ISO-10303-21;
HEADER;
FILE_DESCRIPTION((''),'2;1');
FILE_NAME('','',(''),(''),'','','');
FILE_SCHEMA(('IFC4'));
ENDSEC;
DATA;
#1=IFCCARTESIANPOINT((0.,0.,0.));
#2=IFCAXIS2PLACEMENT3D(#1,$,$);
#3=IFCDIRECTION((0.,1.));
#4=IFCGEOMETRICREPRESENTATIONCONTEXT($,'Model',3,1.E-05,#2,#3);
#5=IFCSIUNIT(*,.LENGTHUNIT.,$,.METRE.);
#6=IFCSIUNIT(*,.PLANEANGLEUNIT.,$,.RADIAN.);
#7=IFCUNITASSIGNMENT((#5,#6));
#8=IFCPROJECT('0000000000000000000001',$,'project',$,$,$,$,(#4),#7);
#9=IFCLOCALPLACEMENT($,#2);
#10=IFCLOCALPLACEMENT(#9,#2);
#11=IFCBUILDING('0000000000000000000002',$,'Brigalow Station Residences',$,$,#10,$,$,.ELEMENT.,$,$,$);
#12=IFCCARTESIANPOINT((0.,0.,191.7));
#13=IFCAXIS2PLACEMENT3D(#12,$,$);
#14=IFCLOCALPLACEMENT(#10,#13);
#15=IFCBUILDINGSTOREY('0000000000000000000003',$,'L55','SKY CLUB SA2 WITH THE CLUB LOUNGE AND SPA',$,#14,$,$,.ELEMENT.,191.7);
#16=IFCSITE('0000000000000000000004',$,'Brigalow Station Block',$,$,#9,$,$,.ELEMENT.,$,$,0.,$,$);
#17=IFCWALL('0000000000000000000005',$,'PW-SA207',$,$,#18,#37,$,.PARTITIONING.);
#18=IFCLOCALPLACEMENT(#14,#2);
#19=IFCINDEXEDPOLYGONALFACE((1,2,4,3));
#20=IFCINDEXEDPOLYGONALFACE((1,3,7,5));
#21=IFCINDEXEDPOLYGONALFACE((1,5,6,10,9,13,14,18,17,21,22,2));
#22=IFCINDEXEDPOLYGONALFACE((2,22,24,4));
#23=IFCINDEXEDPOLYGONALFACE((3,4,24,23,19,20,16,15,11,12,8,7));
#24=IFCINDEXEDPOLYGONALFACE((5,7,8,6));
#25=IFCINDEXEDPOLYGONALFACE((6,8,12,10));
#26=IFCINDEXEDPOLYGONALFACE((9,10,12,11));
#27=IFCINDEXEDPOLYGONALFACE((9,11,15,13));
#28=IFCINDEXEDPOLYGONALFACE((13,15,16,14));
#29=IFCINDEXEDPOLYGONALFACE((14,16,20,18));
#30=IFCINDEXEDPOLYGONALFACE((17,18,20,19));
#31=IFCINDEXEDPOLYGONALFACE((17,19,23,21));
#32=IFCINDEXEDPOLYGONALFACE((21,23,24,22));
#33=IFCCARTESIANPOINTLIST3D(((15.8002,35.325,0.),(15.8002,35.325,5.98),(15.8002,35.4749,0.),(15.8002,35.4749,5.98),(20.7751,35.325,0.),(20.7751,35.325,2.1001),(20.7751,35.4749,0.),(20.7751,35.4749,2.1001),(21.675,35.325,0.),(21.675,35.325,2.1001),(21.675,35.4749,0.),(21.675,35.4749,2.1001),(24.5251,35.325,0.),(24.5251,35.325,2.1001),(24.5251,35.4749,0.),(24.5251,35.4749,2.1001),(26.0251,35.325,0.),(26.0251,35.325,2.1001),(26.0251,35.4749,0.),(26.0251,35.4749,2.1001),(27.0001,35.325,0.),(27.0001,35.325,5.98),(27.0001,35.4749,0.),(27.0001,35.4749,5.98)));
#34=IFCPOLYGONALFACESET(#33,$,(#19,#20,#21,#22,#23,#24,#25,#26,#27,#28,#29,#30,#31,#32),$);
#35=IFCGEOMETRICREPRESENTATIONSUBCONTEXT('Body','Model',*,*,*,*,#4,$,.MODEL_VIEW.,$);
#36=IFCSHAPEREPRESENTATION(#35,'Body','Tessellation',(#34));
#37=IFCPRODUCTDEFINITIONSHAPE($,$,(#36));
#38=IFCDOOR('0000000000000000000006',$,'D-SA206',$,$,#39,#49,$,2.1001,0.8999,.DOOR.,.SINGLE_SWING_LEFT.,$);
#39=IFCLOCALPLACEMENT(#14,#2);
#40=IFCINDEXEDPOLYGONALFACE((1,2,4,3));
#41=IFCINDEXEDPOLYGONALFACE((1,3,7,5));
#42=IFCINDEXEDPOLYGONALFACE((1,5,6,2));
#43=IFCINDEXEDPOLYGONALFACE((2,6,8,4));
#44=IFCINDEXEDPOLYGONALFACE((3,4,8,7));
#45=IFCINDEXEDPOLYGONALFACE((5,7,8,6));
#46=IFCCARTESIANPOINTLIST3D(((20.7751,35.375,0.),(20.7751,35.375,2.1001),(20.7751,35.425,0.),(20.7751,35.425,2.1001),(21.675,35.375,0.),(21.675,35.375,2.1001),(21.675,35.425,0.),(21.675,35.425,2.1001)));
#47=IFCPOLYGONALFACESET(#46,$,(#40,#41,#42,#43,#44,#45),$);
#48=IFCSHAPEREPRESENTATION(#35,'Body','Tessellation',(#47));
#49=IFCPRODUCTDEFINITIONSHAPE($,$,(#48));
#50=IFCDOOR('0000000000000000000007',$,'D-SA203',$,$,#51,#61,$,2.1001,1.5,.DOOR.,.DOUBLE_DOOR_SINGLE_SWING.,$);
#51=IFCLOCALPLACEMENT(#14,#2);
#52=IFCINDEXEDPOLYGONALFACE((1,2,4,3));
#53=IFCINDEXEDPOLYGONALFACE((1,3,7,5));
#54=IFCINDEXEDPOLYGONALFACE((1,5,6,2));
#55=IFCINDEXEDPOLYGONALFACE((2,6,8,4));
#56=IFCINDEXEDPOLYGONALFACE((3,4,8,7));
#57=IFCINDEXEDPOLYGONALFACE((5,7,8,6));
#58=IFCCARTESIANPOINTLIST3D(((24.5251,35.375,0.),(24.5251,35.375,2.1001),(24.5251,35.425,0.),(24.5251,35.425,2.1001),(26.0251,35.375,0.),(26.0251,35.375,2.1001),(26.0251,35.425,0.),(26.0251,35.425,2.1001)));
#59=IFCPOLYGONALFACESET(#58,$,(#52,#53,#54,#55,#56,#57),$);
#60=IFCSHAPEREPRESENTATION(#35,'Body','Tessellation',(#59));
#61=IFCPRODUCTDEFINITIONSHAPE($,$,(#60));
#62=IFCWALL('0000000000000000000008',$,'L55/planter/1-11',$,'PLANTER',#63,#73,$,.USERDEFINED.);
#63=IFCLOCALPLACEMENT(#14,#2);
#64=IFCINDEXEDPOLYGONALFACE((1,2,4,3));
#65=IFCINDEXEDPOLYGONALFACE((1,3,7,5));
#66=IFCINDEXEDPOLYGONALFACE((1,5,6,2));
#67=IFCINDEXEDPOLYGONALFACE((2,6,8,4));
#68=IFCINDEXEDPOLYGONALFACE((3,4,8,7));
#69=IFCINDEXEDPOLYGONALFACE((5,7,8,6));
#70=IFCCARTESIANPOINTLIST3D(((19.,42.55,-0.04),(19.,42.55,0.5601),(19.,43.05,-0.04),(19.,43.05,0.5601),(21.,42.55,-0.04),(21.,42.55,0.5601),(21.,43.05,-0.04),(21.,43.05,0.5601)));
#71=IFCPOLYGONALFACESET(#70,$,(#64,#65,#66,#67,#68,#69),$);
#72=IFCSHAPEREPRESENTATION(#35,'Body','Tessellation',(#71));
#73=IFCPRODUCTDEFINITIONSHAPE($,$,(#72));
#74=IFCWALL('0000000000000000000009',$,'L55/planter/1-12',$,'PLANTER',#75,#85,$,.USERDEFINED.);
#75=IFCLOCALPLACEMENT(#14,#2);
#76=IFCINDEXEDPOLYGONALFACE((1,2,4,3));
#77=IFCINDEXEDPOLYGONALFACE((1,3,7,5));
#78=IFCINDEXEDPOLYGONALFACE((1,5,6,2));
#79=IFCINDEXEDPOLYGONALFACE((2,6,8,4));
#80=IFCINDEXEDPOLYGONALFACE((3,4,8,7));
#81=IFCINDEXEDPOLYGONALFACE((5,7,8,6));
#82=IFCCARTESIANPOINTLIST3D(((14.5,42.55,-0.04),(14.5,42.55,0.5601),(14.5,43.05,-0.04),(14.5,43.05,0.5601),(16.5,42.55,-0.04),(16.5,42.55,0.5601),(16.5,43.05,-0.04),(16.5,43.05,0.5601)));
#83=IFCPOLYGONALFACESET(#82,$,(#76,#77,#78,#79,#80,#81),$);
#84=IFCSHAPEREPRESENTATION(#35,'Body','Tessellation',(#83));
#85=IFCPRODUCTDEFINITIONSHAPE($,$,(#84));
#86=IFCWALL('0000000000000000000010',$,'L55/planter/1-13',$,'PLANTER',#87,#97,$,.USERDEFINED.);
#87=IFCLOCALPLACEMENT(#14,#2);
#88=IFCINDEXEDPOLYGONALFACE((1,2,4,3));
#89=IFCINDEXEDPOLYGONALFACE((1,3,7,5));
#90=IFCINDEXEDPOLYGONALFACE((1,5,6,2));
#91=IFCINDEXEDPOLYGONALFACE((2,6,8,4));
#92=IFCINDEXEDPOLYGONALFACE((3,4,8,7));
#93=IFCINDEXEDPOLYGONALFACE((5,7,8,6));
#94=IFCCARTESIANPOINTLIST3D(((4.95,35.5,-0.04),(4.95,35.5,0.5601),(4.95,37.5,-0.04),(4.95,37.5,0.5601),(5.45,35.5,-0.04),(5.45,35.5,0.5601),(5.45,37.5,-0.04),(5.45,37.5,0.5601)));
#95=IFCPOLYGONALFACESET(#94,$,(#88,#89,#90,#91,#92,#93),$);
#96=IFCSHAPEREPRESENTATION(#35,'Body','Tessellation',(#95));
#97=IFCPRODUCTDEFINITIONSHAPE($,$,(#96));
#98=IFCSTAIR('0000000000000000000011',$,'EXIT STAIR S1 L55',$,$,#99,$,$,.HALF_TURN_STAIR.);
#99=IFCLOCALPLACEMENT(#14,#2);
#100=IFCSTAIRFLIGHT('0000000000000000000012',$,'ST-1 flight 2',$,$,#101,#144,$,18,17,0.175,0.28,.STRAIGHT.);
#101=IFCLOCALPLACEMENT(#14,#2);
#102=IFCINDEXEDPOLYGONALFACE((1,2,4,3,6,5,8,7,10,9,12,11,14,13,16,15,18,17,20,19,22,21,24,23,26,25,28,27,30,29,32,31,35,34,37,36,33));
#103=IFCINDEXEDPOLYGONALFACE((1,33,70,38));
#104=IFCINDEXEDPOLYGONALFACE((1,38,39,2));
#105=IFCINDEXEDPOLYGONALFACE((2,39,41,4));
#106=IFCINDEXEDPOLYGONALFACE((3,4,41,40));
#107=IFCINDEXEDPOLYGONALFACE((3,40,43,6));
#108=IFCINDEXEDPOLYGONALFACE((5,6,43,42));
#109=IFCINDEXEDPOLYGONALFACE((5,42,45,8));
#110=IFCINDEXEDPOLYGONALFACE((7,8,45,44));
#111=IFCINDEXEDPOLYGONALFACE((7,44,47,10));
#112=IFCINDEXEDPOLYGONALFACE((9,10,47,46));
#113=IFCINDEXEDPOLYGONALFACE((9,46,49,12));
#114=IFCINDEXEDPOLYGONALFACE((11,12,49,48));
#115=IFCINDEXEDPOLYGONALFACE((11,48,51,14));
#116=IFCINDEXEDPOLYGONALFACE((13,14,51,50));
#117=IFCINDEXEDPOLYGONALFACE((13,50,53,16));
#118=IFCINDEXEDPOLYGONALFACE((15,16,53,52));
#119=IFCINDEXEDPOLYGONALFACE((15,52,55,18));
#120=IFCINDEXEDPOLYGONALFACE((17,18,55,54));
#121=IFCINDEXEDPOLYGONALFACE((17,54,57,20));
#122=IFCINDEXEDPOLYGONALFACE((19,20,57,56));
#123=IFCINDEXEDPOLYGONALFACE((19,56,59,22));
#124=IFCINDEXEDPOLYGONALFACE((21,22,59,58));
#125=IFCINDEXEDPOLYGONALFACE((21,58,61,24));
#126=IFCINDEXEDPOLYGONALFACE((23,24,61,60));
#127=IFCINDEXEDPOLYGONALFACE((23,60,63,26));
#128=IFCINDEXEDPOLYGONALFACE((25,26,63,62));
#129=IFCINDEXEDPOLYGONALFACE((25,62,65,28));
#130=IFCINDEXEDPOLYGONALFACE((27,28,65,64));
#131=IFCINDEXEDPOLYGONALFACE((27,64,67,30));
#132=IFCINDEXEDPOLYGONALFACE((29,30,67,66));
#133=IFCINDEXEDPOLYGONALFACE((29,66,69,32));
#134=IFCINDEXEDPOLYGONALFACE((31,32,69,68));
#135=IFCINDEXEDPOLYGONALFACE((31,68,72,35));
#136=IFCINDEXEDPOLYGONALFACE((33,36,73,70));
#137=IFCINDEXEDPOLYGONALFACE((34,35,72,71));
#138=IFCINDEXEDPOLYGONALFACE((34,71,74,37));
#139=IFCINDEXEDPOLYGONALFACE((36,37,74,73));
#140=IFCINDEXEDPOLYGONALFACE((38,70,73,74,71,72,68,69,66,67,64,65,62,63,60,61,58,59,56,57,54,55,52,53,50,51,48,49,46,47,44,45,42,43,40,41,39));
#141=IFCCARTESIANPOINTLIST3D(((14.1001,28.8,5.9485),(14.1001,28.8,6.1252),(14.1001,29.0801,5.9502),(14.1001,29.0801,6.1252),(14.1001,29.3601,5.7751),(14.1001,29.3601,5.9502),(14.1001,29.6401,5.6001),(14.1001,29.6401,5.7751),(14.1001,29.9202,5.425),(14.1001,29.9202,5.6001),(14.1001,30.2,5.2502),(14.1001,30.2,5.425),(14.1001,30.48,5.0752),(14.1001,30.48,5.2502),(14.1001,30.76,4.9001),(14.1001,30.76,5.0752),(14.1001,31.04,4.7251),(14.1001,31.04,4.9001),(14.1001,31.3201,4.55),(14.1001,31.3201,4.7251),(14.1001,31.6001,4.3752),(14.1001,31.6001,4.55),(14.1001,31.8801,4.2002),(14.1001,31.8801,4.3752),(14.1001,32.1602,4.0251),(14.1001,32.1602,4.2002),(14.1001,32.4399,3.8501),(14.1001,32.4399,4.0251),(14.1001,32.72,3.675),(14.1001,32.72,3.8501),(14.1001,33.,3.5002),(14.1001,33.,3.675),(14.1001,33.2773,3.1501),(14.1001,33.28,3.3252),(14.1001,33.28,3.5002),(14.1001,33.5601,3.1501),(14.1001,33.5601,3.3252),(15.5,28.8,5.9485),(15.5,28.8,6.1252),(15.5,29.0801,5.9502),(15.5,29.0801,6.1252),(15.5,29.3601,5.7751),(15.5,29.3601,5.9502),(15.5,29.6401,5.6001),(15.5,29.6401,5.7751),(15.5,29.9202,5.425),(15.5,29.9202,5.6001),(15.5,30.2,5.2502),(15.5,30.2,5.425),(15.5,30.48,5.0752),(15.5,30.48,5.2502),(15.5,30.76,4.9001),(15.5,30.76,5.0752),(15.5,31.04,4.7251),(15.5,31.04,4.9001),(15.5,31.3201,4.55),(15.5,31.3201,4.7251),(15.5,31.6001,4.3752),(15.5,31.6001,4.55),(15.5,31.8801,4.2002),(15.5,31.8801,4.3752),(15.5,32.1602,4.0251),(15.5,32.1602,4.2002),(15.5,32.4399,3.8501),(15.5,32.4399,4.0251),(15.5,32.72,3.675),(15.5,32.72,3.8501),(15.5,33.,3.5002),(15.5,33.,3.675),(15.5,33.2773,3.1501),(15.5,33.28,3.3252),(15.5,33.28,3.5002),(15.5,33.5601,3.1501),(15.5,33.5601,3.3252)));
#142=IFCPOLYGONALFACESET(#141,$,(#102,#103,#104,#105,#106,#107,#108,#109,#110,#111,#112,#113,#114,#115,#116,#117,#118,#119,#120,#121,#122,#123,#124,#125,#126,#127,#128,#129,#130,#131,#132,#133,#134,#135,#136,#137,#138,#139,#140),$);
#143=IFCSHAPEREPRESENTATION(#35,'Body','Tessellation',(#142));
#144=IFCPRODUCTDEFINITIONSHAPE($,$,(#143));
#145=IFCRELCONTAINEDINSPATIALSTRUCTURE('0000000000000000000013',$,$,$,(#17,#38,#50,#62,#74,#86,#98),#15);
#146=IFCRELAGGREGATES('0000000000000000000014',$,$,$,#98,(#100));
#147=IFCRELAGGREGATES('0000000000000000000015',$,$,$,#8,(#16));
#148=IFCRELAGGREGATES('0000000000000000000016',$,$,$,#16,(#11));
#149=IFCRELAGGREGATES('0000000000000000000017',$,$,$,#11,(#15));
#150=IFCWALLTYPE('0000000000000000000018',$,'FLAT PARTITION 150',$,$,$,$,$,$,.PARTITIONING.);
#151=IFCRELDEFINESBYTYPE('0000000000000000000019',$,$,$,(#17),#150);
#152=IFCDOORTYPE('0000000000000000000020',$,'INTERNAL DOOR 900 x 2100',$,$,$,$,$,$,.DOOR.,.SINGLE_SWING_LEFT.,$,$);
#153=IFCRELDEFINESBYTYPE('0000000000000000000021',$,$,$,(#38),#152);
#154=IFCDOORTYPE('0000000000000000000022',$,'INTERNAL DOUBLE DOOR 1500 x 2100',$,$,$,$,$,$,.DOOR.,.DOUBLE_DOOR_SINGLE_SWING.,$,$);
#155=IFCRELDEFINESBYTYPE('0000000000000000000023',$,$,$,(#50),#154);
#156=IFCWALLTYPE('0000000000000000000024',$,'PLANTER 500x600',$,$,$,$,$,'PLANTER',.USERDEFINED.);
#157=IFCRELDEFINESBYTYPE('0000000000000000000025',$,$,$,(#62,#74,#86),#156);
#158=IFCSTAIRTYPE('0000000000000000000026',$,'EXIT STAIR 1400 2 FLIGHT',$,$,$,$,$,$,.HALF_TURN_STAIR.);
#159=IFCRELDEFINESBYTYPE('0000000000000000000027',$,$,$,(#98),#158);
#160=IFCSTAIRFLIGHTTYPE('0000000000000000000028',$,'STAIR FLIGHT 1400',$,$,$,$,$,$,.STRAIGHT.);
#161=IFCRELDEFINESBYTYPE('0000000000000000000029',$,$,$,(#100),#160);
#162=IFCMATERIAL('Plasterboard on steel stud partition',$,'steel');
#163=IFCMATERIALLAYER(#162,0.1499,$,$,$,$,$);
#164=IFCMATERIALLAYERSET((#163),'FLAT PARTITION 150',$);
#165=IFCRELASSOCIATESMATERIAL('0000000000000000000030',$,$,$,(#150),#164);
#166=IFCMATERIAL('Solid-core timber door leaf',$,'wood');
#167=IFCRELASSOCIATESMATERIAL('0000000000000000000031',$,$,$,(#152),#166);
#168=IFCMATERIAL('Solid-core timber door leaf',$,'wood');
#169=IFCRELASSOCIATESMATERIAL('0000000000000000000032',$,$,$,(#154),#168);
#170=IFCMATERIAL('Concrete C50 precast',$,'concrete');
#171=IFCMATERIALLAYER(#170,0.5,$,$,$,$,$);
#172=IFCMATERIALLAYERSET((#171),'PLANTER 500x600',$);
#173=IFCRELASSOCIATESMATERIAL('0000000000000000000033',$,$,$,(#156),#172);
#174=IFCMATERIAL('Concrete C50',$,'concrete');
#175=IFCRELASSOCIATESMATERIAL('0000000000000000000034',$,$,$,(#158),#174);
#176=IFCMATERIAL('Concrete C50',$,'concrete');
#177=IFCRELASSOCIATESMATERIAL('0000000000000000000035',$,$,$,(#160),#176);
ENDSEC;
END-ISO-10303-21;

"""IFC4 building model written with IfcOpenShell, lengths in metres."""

from ifc_helpers import new_model, si_unit, direction, frame, frame_2d, origin, place, context, subcontext, project, spatial, polyline, rectangle, outline, extrude, material, layer, layer_set, type_object, element, fill, aggregate, save


model = new_model("IFC4")

# Units and contexts
model_context = context("Model", 3, precision=1e-05, world=origin(), true_north=direction((0.0, 1.0)))
body_context = subcontext(model_context, "Body", "Model", "MODEL_VIEW")
ifc_project = project(units=[si_unit("LENGTHUNIT", "METRE"), si_unit("PLANEANGLEUNIT", "RADIAN")], contexts=[model_context])

# Site, building, storey
site_placement = place(None, origin())
site = spatial("IfcSite", under=ifc_project, at=site_placement, Name="Brigalow Station Block", CompositionType="ELEMENT", RefElevation=0.0)
building_placement = place(site_placement, origin())
building = spatial("IfcBuilding", under=site, at=building_placement, Name="Brigalow Station Residences", CompositionType="ELEMENT")
storey_placement = place(building_placement, frame((0.0, 0.0, 191.7)))
storey = spatial("IfcBuildingStorey", under=building, at=storey_placement, Name="L55", Description="SKY CLUB SA2 WITH THE CLUB LOUNGE AND SPA", CompositionType="ELEMENT", Elevation=191.7)

# Wall, openings, doors
ifc_material_1 = material(Name="Plasterboard on steel stud partition", Category="steel")
ifc_layer_1 = layer(ifc_material_1, 0.1499)
ifc_layer_set_1 = layer_set([ifc_layer_1], Name="FLAT PARTITION 150")
wall_type_1 = type_object("IfcWallType", Name="FLAT PARTITION 150", PredefinedType="PARTITIONING", material=ifc_layer_set_1)
wall_1_placement = place(storey_placement, frame((15.8, 35.3999, 0.0), z_axis=(0.0, 0.0, 1.0), x_axis=(1.0, 0.0, 0.0)))
wall_1 = element("IfcWall", 1, at=wall_1_placement, inside=storey, type_object=wall_type_1, Name="PW-SA207", PredefinedType="PARTITIONING", context=body_context, shape_type="SweptSolid", body=[
    extrude(rectangle(XDim=11.2, YDim=0.1499, at=frame_2d((5.6001, 0.0))), origin(), (0.0, 0.0, 1.0), 5.98),
])
opening_1_placement = place(wall_1_placement, frame((8.7251, 0.0, 0.0)))
opening_1 = element("IfcOpeningElement", 2, at=opening_1_placement, cuts=wall_1, PredefinedType="OPENING", context=body_context, shape_type="SweptSolid", body=[
    extrude(rectangle(XDim=1.5, YDim=2.1001, at=frame_2d((0.75, 1.05))), frame((0.0, 0.085, 0.0), z_axis=(0.0, -1.0, 0.0), x_axis=(1.0, 0.0, 0.0)), (0.0, 0.0, 1.0), 0.1699),
])
opening_2_placement = place(wall_1_placement, frame((4.9751, 0.0, 0.0)))
opening_2 = element("IfcOpeningElement", 3, at=opening_2_placement, cuts=wall_1, PredefinedType="OPENING", context=body_context, shape_type="SweptSolid", body=[
    extrude(rectangle(XDim=0.8999, YDim=2.1001, at=frame_2d((0.45, 1.05))), frame((0.0, 0.085, 0.0), z_axis=(0.0, -1.0, 0.0), x_axis=(1.0, 0.0, 0.0)), (0.0, 0.0, 1.0), 0.1699),
])
ifc_material_2 = material(Name="Solid-core timber door leaf", Category="wood")
door_type_1 = type_object("IfcDoorType", Name="INTERNAL DOOR 900 x 2100", OperationType="SINGLE_SWING_LEFT", PredefinedType="DOOR", material=ifc_material_2)
door_1_placement = place(opening_2_placement, frame((0.8999, 0.0, 0.0), z_axis=(0.0, 0.0, 1.0), x_axis=(-1.0, 0.0, 0.0)))
door_1 = element("IfcDoor", 4, at=door_1_placement, inside=storey, type_object=door_type_1, Name="D-SA206", OperationType="SINGLE_SWING_LEFT", OverallHeight=2.1001, OverallWidth=0.8999, PredefinedType="DOOR", context=body_context, shape_type="SweptSolid", body=[
    extrude(rectangle(XDim=0.8999, YDim=2.1001, at=frame_2d((0.45, 1.05))), frame((0.0, 0.0249, 0.0), z_axis=(0.0, -1.0, 0.0), x_axis=(1.0, 0.0, 0.0)), (0.0, 0.0, 1.0), 0.05),
])
fill(opening_2, door_1)
ifc_material_3 = material(Name="Solid-core timber door leaf", Category="wood")
door_type_2 = type_object("IfcDoorType", Name="INTERNAL DOUBLE DOOR 1500 x 2100", OperationType="DOUBLE_DOOR_SINGLE_SWING", PredefinedType="DOOR", material=ifc_material_3)
door_2_placement = place(opening_1_placement, frame((1.5, 0.0, 0.0), z_axis=(0.0, 0.0, 1.0), x_axis=(-1.0, 0.0, 0.0)))
door_2 = element("IfcDoor", 5, at=door_2_placement, inside=storey, type_object=door_type_2, Name="D-SA203", OperationType="DOUBLE_DOOR_SINGLE_SWING", OverallHeight=2.1001, OverallWidth=1.5, PredefinedType="DOOR", context=body_context, shape_type="SweptSolid", body=[
    extrude(rectangle(XDim=1.5, YDim=2.1001, at=frame_2d((0.75, 1.05))), frame((0.0, 0.0249, 0.0), z_axis=(0.0, -1.0, 0.0), x_axis=(1.0, 0.0, 0.0)), (0.0, 0.0, 1.0), 0.05),
])
fill(opening_1, door_2)

# Walls
ifc_material_4 = material(Name="Concrete C50 precast", Category="concrete")
ifc_layer_2 = layer(ifc_material_4, 0.5)
ifc_layer_set_2 = layer_set([ifc_layer_2], Name="PLANTER 500x600")
wall_type_2 = type_object("IfcWallType", Name="PLANTER 500x600", ElementType="PLANTER", PredefinedType="USERDEFINED", material=ifc_layer_set_2)
for number, where, z_axis, x_axis, name in (
    (6, (21.0, 42.8, -0.04), (0.0, 0.0, 1.0), (-1.0, 0.0, 0.0), "L55/planter/1-11"),
    (7, (16.5, 42.8, -0.04), (0.0, 0.0, 1.0), (-1.0, 0.0, 0.0), "L55/planter/1-12"),
    (8, (5.2, 37.5, -0.04), (0.0, 0.0, 1.0), (0.0, -1.0, 0.0), "L55/planter/1-13"),
):
    element("IfcWall", number, at=place(storey_placement, frame(where, z_axis=z_axis, x_axis=x_axis)), inside=storey, type_object=wall_type_2, Name=name, ObjectType="PLANTER", PredefinedType="USERDEFINED", context=body_context, shape_type="SweptSolid", body=[
        extrude(rectangle(XDim=2.0, YDim=0.5, at=frame_2d((1.0, 0.0))), origin(), (0.0, 0.0, 1.0), 0.6001),
    ])

# Stair, stair flight
ifc_material_5 = material(Name="Concrete C50", Category="concrete")
stair_type = type_object("IfcStairType", Name="EXIT STAIR 1400 2 FLIGHT", PredefinedType="HALF_TURN_STAIR", material=ifc_material_5)
stair_placement = place(storey_placement, origin())
stair = element("IfcStair", 9, at=stair_placement, inside=storey, type_object=stair_type, Name="EXIT STAIR S1 L55", PredefinedType="HALF_TURN_STAIR")
ifc_material_6 = material(Name="Concrete C50", Category="concrete")
stair_flight_type = type_object("IfcStairFlightType", Name="STAIR FLIGHT 1400", PredefinedType="STRAIGHT", material=ifc_material_6)
stair_flight_placement = place(storey_placement, frame((14.8, 33.5601, 3.1501), z_axis=(0.0, 0.0, 1.0), x_axis=(0.0, -1.0, 0.0)))
stair_flight = element("IfcStairFlight", 10, at=stair_flight_placement, type_object=stair_flight_type, Name="ST-1 flight 2", NumberOfRisers=18, NumberOfTreads=17, PredefinedType="STRAIGHT", RiserHeight=0.175, TreadLength=0.28, context=body_context, shape_type="SweptSolid", body=[
    extrude(outline(polyline([(0.0, 0.0), (0.0, 0.175), (0.28, 0.175), (0.28, 0.3501), (0.5601, 0.3501), (0.5601, 0.5249), (0.8401, 0.5249), (0.8401, 0.7), (1.1201, 0.7), (1.1201, 0.875), (1.3999, 0.875), (1.3999, 1.05), (1.6799, 1.05), (1.6799, 1.2251), (1.96, 1.2251), (1.96, 1.3999), (2.24, 1.3999), (2.24, 1.575), (2.52, 1.575), (2.52, 1.75), (2.8, 1.75), (2.8, 1.925), (3.0801, 1.925), (3.0801, 2.1001), (3.3601, 2.1001), (3.3601, 2.2749), (3.6399, 2.2749), (3.6399, 2.45), (3.9199, 2.45), (3.9199, 2.625), (4.2, 2.625), (4.2, 2.8), (4.48, 2.8), (4.48, 2.9751), (4.76, 2.9751), (4.76, 3.1499), (4.76, 2.7983), (0.2827, 0.0), (0.0, 0.0)])), frame((0.0, 0.7, 0.0), z_axis=(0.0, -1.0, 0.0), x_axis=(1.0, 0.0, 0.0)), (0.0, 0.0, 1.0), 1.3999),
])
aggregate(stair, [stair_flight])

save(model, "model.ifc")
